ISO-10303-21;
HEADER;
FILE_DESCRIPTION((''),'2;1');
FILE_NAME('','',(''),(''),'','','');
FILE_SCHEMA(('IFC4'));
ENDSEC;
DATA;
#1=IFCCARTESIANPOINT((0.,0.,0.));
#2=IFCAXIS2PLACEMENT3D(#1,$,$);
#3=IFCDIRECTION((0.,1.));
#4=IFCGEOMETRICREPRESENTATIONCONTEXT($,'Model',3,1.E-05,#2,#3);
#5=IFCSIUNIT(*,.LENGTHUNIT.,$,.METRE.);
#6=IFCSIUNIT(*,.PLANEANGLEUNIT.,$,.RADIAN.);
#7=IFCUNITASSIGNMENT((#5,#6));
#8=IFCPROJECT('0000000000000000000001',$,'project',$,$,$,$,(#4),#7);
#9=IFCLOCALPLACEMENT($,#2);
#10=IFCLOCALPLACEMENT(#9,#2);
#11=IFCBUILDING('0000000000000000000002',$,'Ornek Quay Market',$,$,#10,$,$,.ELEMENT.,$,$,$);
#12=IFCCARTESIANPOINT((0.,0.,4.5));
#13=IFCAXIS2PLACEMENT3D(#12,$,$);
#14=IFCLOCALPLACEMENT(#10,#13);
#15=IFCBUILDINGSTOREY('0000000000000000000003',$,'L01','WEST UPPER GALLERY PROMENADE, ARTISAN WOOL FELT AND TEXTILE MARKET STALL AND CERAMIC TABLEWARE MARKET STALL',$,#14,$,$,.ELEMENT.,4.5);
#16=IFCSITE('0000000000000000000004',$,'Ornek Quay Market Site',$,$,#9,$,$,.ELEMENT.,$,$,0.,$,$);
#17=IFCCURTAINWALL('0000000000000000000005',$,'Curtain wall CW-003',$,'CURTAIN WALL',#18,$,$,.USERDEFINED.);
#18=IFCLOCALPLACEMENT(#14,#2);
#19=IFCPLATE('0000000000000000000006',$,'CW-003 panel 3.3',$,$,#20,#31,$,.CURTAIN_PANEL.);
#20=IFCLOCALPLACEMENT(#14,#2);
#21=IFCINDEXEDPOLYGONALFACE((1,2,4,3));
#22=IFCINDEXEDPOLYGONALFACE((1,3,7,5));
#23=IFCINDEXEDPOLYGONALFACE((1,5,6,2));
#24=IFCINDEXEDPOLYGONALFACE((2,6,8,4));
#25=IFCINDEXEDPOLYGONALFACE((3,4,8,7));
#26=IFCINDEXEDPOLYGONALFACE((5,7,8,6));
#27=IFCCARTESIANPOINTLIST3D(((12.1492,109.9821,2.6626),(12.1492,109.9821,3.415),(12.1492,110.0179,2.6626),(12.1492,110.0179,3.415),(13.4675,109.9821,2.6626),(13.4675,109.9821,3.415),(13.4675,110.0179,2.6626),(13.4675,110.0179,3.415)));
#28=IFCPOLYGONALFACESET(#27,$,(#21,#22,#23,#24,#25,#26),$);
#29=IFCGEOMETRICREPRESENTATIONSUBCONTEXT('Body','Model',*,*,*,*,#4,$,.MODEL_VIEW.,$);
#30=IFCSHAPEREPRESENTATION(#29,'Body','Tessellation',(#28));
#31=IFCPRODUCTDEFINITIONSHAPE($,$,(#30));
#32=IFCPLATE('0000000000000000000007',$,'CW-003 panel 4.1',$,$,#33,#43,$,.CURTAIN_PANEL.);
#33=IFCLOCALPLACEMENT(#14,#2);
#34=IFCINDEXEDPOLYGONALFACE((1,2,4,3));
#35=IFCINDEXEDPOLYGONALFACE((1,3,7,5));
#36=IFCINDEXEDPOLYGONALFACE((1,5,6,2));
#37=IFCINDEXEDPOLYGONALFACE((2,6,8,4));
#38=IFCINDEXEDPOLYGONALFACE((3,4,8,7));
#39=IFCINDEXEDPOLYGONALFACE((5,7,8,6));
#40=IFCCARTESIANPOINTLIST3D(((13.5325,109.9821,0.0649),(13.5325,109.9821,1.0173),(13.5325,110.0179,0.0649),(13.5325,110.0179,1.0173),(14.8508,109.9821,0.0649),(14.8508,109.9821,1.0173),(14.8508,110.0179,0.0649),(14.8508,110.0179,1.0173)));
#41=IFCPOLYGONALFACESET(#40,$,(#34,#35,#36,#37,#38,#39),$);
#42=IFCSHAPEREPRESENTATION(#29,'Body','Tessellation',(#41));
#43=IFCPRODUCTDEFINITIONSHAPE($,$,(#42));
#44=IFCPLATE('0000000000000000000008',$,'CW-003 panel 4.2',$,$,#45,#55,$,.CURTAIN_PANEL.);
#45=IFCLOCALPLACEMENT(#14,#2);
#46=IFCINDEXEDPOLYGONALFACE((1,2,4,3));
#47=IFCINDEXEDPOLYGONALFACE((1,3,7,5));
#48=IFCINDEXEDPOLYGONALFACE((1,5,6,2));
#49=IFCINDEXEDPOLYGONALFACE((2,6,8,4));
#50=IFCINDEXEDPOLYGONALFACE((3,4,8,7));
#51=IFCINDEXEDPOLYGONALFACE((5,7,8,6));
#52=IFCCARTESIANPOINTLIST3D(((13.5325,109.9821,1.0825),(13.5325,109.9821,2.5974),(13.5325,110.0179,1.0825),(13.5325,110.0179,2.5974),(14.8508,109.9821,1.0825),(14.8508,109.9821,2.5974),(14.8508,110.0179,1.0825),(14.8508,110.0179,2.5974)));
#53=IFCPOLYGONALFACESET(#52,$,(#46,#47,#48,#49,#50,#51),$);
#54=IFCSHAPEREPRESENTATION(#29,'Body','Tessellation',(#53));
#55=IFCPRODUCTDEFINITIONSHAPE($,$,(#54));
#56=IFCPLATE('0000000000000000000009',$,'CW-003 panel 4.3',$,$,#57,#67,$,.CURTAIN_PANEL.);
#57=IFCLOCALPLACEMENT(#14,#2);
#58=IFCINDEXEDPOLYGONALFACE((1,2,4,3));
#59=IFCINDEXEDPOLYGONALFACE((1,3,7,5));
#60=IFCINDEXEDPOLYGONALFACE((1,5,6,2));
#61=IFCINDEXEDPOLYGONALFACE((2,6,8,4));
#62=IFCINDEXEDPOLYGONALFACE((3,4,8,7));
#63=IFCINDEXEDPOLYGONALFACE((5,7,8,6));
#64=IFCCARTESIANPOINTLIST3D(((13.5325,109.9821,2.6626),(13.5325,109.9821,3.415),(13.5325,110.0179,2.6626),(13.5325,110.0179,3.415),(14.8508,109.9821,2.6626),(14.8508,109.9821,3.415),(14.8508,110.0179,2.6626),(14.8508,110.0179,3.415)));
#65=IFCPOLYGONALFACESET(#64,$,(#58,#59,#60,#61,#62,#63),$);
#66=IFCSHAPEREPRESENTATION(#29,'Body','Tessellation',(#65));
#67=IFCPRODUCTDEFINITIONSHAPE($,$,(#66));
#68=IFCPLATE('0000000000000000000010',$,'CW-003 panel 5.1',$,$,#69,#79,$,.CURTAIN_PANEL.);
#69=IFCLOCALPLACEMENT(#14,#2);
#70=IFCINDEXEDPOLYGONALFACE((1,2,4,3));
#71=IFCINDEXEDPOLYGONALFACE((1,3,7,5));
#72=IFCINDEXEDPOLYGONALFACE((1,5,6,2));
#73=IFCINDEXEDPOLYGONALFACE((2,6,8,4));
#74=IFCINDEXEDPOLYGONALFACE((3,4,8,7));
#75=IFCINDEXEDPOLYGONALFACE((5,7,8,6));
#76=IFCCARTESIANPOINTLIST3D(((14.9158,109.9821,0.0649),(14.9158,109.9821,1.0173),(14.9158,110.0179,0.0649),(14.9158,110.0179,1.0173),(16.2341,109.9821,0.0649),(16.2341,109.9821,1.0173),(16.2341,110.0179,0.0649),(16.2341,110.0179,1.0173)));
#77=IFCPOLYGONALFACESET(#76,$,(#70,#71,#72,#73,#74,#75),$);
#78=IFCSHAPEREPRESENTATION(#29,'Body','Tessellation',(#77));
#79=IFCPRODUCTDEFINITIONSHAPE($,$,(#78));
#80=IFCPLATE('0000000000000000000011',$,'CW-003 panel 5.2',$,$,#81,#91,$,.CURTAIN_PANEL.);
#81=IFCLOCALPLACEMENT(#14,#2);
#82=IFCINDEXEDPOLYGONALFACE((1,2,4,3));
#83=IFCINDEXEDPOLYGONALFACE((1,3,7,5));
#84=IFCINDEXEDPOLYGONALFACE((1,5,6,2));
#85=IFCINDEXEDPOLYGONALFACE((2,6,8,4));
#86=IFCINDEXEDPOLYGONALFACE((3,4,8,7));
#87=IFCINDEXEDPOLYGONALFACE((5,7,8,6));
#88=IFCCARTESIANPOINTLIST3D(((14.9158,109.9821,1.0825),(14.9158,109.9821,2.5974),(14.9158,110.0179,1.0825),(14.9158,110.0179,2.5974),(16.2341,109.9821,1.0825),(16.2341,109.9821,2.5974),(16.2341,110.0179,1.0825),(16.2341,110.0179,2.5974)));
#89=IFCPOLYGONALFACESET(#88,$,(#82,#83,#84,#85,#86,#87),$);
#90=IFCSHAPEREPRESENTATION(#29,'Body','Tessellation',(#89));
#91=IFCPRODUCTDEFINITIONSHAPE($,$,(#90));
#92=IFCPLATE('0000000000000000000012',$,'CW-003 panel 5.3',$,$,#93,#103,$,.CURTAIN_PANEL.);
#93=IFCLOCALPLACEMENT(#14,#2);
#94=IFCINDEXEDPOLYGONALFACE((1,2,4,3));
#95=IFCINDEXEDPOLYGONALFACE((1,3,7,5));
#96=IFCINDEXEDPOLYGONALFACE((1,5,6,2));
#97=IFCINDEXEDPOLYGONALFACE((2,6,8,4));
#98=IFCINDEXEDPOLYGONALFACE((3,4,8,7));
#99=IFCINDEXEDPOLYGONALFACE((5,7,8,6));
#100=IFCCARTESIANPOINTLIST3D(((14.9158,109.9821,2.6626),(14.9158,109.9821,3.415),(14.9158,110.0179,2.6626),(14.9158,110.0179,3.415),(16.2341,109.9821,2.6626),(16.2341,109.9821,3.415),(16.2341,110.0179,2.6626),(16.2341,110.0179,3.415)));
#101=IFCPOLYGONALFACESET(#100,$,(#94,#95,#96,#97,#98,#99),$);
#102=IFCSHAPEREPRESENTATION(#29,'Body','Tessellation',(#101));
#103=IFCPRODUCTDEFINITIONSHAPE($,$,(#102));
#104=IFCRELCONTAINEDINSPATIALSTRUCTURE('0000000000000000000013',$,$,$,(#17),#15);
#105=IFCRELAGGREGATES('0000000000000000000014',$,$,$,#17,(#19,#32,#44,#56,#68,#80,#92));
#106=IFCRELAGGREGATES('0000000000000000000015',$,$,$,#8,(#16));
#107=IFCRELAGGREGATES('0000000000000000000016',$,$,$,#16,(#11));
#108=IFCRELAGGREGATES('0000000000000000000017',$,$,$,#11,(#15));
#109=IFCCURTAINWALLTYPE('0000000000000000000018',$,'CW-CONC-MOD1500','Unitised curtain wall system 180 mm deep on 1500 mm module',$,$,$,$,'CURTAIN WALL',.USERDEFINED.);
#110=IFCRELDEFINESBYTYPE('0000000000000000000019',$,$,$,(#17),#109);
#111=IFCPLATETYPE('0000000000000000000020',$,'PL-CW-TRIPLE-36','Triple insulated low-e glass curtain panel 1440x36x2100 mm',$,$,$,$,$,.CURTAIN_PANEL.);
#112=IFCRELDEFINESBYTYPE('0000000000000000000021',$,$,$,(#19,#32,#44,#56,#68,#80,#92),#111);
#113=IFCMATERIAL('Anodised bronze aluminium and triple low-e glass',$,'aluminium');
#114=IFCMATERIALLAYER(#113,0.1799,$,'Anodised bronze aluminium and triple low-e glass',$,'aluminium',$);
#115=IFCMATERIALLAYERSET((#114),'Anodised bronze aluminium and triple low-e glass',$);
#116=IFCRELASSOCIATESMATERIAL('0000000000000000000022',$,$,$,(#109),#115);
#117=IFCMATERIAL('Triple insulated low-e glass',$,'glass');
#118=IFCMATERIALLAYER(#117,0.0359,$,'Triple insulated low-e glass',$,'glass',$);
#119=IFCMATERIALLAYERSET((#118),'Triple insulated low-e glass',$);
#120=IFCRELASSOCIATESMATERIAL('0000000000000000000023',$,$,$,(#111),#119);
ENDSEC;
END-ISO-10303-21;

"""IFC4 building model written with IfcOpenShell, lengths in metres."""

from ifc_helpers import new_model, si_unit, direction, frame, origin, origin_2d, place, context, subcontext, project, spatial, rectangle, extrude, material, layer, layer_set, type_object, element, aggregate, save


model = new_model("IFC4")

# Units and contexts
model_context = context("Model", 3, precision=1e-05, world=origin(), true_north=direction((0.0, 1.0)))
body_context = subcontext(model_context, "Body", "Model", "MODEL_VIEW")
ifc_project = project(units=[si_unit("LENGTHUNIT", "METRE"), si_unit("PLANEANGLEUNIT", "RADIAN")], contexts=[model_context])

# Site, building, storey
site_placement = place(None, origin())
site = spatial("IfcSite", under=ifc_project, at=site_placement, Name="Ornek Quay Market Site", CompositionType="ELEMENT", RefElevation=0.0)
building_placement = place(site_placement, origin())
building = spatial("IfcBuilding", under=site, at=building_placement, Name="Ornek Quay Market", CompositionType="ELEMENT")
storey_placement = place(building_placement, frame((0.0, 0.0, 4.5)))
storey = spatial("IfcBuildingStorey", under=building, at=storey_placement, Name="L01", Description="WEST UPPER GALLERY PROMENADE, ARTISAN WOOL FELT AND TEXTILE MARKET STALL AND CERAMIC TABLEWARE MARKET STALL", CompositionType="ELEMENT", Elevation=4.5)

# Curtain wall, plates
ifc_material_1 = material(Name="Anodised bronze aluminium and triple low-e glass", Category="aluminium")
ifc_layer_1 = layer(ifc_material_1, 0.1799, Name="Anodised bronze aluminium and triple low-e glass", Category="aluminium")
ifc_layer_set_1 = layer_set([ifc_layer_1], Name="Anodised bronze aluminium and triple low-e glass")
curtain_wall_type = type_object("IfcCurtainWallType", Name="CW-CONC-MOD1500", Description="Unitised curtain wall system 180 mm deep on 1500 mm module", ElementType="CURTAIN WALL", PredefinedType="USERDEFINED", material=ifc_layer_set_1)
curtain_wall_placement = place(storey_placement, origin())
curtain_wall = element("IfcCurtainWall", 1, at=curtain_wall_placement, inside=storey, type_object=curtain_wall_type, Name="Curtain wall CW-003", ObjectType="CURTAIN WALL", PredefinedType="USERDEFINED")
ifc_material_2 = material(Name="Triple insulated low-e glass", Category="glass")
ifc_layer_2 = layer(ifc_material_2, 0.0359, Name="Triple insulated low-e glass", Category="glass")
ifc_layer_set_2 = layer_set([ifc_layer_2], Name="Triple insulated low-e glass")
plate_type = type_object("IfcPlateType", Name="PL-CW-TRIPLE-36", Description="Triple insulated low-e glass curtain panel 1440x36x2100 mm", PredefinedType="CURTAIN_PANEL", material=ifc_layer_set_2)
plate_1_placement = place(storey_placement, frame((12.8083, 110.0, 2.6626), z_axis=(0.0, 0.0, 1.0), x_axis=(1.0, 0.0, 0.0)))
plate_1 = element("IfcPlate", 2, at=plate_1_placement, type_object=plate_type, Name="CW-003 panel 3.3", PredefinedType="CURTAIN_PANEL", context=body_context, shape_type="SweptSolid", body=[
    extrude(rectangle(XDim=1.3184, YDim=0.0359, at=origin_2d()), origin(), (0.0, 0.0, 1.0), 0.7524),
])
plate_2_placement = place(storey_placement, frame((14.1917, 110.0, 0.0649), z_axis=(0.0, 0.0, 1.0), x_axis=(1.0, 0.0, 0.0)))
plate_2 = element("IfcPlate", 3, at=plate_2_placement, type_object=plate_type, Name="CW-003 panel 4.1", PredefinedType="CURTAIN_PANEL", context=body_context, shape_type="SweptSolid", body=[
    extrude(rectangle(XDim=1.3184, YDim=0.0359, at=origin_2d()), origin(), (0.0, 0.0, 1.0), 0.9524),
])
plate_3_placement = place(storey_placement, frame((14.1917, 110.0, 1.0825), z_axis=(0.0, 0.0, 1.0), x_axis=(1.0, 0.0, 0.0)))
plate_3 = element("IfcPlate", 4, at=plate_3_placement, type_object=plate_type, Name="CW-003 panel 4.2", PredefinedType="CURTAIN_PANEL", context=body_context, shape_type="SweptSolid", body=[
    extrude(rectangle(XDim=1.3184, YDim=0.0359, at=origin_2d()), origin(), (0.0, 0.0, 1.0), 1.5149),
])
plate_4_placement = place(storey_placement, frame((14.1917, 110.0, 2.6626), z_axis=(0.0, 0.0, 1.0), x_axis=(1.0, 0.0, 0.0)))
plate_4 = element("IfcPlate", 5, at=plate_4_placement, type_object=plate_type, Name="CW-003 panel 4.3", PredefinedType="CURTAIN_PANEL", context=body_context, shape_type="SweptSolid", body=[
    extrude(rectangle(XDim=1.3184, YDim=0.0359, at=origin_2d()), origin(), (0.0, 0.0, 1.0), 0.7524),
])
plate_5_placement = place(storey_placement, frame((15.575, 110.0, 0.0649), z_axis=(0.0, 0.0, 1.0), x_axis=(1.0, 0.0, 0.0)))
plate_5 = element("IfcPlate", 6, at=plate_5_placement, type_object=plate_type, Name="CW-003 panel 5.1", PredefinedType="CURTAIN_PANEL", context=body_context, shape_type="SweptSolid", body=[
    extrude(rectangle(XDim=1.3184, YDim=0.0359, at=origin_2d()), origin(), (0.0, 0.0, 1.0), 0.9524),
])
plate_6_placement = place(storey_placement, frame((15.575, 110.0, 1.0825), z_axis=(0.0, 0.0, 1.0), x_axis=(1.0, 0.0, 0.0)))
plate_6 = element("IfcPlate", 7, at=plate_6_placement, type_object=plate_type, Name="CW-003 panel 5.2", PredefinedType="CURTAIN_PANEL", context=body_context, shape_type="SweptSolid", body=[
    extrude(rectangle(XDim=1.3184, YDim=0.0359, at=origin_2d()), origin(), (0.0, 0.0, 1.0), 1.5149),
])
plate_7_placement = place(storey_placement, frame((15.575, 110.0, 2.6626), z_axis=(0.0, 0.0, 1.0), x_axis=(1.0, 0.0, 0.0)))
plate_7 = element("IfcPlate", 8, at=plate_7_placement, type_object=plate_type, Name="CW-003 panel 5.3", PredefinedType="CURTAIN_PANEL", context=body_context, shape_type="SweptSolid", body=[
    extrude(rectangle(XDim=1.3184, YDim=0.0359, at=origin_2d()), origin(), (0.0, 0.0, 1.0), 0.7524),
])
aggregate(curtain_wall, [plate_1, plate_2, plate_3, plate_4, plate_5, plate_6, plate_7])

save(model, "model.ifc")
